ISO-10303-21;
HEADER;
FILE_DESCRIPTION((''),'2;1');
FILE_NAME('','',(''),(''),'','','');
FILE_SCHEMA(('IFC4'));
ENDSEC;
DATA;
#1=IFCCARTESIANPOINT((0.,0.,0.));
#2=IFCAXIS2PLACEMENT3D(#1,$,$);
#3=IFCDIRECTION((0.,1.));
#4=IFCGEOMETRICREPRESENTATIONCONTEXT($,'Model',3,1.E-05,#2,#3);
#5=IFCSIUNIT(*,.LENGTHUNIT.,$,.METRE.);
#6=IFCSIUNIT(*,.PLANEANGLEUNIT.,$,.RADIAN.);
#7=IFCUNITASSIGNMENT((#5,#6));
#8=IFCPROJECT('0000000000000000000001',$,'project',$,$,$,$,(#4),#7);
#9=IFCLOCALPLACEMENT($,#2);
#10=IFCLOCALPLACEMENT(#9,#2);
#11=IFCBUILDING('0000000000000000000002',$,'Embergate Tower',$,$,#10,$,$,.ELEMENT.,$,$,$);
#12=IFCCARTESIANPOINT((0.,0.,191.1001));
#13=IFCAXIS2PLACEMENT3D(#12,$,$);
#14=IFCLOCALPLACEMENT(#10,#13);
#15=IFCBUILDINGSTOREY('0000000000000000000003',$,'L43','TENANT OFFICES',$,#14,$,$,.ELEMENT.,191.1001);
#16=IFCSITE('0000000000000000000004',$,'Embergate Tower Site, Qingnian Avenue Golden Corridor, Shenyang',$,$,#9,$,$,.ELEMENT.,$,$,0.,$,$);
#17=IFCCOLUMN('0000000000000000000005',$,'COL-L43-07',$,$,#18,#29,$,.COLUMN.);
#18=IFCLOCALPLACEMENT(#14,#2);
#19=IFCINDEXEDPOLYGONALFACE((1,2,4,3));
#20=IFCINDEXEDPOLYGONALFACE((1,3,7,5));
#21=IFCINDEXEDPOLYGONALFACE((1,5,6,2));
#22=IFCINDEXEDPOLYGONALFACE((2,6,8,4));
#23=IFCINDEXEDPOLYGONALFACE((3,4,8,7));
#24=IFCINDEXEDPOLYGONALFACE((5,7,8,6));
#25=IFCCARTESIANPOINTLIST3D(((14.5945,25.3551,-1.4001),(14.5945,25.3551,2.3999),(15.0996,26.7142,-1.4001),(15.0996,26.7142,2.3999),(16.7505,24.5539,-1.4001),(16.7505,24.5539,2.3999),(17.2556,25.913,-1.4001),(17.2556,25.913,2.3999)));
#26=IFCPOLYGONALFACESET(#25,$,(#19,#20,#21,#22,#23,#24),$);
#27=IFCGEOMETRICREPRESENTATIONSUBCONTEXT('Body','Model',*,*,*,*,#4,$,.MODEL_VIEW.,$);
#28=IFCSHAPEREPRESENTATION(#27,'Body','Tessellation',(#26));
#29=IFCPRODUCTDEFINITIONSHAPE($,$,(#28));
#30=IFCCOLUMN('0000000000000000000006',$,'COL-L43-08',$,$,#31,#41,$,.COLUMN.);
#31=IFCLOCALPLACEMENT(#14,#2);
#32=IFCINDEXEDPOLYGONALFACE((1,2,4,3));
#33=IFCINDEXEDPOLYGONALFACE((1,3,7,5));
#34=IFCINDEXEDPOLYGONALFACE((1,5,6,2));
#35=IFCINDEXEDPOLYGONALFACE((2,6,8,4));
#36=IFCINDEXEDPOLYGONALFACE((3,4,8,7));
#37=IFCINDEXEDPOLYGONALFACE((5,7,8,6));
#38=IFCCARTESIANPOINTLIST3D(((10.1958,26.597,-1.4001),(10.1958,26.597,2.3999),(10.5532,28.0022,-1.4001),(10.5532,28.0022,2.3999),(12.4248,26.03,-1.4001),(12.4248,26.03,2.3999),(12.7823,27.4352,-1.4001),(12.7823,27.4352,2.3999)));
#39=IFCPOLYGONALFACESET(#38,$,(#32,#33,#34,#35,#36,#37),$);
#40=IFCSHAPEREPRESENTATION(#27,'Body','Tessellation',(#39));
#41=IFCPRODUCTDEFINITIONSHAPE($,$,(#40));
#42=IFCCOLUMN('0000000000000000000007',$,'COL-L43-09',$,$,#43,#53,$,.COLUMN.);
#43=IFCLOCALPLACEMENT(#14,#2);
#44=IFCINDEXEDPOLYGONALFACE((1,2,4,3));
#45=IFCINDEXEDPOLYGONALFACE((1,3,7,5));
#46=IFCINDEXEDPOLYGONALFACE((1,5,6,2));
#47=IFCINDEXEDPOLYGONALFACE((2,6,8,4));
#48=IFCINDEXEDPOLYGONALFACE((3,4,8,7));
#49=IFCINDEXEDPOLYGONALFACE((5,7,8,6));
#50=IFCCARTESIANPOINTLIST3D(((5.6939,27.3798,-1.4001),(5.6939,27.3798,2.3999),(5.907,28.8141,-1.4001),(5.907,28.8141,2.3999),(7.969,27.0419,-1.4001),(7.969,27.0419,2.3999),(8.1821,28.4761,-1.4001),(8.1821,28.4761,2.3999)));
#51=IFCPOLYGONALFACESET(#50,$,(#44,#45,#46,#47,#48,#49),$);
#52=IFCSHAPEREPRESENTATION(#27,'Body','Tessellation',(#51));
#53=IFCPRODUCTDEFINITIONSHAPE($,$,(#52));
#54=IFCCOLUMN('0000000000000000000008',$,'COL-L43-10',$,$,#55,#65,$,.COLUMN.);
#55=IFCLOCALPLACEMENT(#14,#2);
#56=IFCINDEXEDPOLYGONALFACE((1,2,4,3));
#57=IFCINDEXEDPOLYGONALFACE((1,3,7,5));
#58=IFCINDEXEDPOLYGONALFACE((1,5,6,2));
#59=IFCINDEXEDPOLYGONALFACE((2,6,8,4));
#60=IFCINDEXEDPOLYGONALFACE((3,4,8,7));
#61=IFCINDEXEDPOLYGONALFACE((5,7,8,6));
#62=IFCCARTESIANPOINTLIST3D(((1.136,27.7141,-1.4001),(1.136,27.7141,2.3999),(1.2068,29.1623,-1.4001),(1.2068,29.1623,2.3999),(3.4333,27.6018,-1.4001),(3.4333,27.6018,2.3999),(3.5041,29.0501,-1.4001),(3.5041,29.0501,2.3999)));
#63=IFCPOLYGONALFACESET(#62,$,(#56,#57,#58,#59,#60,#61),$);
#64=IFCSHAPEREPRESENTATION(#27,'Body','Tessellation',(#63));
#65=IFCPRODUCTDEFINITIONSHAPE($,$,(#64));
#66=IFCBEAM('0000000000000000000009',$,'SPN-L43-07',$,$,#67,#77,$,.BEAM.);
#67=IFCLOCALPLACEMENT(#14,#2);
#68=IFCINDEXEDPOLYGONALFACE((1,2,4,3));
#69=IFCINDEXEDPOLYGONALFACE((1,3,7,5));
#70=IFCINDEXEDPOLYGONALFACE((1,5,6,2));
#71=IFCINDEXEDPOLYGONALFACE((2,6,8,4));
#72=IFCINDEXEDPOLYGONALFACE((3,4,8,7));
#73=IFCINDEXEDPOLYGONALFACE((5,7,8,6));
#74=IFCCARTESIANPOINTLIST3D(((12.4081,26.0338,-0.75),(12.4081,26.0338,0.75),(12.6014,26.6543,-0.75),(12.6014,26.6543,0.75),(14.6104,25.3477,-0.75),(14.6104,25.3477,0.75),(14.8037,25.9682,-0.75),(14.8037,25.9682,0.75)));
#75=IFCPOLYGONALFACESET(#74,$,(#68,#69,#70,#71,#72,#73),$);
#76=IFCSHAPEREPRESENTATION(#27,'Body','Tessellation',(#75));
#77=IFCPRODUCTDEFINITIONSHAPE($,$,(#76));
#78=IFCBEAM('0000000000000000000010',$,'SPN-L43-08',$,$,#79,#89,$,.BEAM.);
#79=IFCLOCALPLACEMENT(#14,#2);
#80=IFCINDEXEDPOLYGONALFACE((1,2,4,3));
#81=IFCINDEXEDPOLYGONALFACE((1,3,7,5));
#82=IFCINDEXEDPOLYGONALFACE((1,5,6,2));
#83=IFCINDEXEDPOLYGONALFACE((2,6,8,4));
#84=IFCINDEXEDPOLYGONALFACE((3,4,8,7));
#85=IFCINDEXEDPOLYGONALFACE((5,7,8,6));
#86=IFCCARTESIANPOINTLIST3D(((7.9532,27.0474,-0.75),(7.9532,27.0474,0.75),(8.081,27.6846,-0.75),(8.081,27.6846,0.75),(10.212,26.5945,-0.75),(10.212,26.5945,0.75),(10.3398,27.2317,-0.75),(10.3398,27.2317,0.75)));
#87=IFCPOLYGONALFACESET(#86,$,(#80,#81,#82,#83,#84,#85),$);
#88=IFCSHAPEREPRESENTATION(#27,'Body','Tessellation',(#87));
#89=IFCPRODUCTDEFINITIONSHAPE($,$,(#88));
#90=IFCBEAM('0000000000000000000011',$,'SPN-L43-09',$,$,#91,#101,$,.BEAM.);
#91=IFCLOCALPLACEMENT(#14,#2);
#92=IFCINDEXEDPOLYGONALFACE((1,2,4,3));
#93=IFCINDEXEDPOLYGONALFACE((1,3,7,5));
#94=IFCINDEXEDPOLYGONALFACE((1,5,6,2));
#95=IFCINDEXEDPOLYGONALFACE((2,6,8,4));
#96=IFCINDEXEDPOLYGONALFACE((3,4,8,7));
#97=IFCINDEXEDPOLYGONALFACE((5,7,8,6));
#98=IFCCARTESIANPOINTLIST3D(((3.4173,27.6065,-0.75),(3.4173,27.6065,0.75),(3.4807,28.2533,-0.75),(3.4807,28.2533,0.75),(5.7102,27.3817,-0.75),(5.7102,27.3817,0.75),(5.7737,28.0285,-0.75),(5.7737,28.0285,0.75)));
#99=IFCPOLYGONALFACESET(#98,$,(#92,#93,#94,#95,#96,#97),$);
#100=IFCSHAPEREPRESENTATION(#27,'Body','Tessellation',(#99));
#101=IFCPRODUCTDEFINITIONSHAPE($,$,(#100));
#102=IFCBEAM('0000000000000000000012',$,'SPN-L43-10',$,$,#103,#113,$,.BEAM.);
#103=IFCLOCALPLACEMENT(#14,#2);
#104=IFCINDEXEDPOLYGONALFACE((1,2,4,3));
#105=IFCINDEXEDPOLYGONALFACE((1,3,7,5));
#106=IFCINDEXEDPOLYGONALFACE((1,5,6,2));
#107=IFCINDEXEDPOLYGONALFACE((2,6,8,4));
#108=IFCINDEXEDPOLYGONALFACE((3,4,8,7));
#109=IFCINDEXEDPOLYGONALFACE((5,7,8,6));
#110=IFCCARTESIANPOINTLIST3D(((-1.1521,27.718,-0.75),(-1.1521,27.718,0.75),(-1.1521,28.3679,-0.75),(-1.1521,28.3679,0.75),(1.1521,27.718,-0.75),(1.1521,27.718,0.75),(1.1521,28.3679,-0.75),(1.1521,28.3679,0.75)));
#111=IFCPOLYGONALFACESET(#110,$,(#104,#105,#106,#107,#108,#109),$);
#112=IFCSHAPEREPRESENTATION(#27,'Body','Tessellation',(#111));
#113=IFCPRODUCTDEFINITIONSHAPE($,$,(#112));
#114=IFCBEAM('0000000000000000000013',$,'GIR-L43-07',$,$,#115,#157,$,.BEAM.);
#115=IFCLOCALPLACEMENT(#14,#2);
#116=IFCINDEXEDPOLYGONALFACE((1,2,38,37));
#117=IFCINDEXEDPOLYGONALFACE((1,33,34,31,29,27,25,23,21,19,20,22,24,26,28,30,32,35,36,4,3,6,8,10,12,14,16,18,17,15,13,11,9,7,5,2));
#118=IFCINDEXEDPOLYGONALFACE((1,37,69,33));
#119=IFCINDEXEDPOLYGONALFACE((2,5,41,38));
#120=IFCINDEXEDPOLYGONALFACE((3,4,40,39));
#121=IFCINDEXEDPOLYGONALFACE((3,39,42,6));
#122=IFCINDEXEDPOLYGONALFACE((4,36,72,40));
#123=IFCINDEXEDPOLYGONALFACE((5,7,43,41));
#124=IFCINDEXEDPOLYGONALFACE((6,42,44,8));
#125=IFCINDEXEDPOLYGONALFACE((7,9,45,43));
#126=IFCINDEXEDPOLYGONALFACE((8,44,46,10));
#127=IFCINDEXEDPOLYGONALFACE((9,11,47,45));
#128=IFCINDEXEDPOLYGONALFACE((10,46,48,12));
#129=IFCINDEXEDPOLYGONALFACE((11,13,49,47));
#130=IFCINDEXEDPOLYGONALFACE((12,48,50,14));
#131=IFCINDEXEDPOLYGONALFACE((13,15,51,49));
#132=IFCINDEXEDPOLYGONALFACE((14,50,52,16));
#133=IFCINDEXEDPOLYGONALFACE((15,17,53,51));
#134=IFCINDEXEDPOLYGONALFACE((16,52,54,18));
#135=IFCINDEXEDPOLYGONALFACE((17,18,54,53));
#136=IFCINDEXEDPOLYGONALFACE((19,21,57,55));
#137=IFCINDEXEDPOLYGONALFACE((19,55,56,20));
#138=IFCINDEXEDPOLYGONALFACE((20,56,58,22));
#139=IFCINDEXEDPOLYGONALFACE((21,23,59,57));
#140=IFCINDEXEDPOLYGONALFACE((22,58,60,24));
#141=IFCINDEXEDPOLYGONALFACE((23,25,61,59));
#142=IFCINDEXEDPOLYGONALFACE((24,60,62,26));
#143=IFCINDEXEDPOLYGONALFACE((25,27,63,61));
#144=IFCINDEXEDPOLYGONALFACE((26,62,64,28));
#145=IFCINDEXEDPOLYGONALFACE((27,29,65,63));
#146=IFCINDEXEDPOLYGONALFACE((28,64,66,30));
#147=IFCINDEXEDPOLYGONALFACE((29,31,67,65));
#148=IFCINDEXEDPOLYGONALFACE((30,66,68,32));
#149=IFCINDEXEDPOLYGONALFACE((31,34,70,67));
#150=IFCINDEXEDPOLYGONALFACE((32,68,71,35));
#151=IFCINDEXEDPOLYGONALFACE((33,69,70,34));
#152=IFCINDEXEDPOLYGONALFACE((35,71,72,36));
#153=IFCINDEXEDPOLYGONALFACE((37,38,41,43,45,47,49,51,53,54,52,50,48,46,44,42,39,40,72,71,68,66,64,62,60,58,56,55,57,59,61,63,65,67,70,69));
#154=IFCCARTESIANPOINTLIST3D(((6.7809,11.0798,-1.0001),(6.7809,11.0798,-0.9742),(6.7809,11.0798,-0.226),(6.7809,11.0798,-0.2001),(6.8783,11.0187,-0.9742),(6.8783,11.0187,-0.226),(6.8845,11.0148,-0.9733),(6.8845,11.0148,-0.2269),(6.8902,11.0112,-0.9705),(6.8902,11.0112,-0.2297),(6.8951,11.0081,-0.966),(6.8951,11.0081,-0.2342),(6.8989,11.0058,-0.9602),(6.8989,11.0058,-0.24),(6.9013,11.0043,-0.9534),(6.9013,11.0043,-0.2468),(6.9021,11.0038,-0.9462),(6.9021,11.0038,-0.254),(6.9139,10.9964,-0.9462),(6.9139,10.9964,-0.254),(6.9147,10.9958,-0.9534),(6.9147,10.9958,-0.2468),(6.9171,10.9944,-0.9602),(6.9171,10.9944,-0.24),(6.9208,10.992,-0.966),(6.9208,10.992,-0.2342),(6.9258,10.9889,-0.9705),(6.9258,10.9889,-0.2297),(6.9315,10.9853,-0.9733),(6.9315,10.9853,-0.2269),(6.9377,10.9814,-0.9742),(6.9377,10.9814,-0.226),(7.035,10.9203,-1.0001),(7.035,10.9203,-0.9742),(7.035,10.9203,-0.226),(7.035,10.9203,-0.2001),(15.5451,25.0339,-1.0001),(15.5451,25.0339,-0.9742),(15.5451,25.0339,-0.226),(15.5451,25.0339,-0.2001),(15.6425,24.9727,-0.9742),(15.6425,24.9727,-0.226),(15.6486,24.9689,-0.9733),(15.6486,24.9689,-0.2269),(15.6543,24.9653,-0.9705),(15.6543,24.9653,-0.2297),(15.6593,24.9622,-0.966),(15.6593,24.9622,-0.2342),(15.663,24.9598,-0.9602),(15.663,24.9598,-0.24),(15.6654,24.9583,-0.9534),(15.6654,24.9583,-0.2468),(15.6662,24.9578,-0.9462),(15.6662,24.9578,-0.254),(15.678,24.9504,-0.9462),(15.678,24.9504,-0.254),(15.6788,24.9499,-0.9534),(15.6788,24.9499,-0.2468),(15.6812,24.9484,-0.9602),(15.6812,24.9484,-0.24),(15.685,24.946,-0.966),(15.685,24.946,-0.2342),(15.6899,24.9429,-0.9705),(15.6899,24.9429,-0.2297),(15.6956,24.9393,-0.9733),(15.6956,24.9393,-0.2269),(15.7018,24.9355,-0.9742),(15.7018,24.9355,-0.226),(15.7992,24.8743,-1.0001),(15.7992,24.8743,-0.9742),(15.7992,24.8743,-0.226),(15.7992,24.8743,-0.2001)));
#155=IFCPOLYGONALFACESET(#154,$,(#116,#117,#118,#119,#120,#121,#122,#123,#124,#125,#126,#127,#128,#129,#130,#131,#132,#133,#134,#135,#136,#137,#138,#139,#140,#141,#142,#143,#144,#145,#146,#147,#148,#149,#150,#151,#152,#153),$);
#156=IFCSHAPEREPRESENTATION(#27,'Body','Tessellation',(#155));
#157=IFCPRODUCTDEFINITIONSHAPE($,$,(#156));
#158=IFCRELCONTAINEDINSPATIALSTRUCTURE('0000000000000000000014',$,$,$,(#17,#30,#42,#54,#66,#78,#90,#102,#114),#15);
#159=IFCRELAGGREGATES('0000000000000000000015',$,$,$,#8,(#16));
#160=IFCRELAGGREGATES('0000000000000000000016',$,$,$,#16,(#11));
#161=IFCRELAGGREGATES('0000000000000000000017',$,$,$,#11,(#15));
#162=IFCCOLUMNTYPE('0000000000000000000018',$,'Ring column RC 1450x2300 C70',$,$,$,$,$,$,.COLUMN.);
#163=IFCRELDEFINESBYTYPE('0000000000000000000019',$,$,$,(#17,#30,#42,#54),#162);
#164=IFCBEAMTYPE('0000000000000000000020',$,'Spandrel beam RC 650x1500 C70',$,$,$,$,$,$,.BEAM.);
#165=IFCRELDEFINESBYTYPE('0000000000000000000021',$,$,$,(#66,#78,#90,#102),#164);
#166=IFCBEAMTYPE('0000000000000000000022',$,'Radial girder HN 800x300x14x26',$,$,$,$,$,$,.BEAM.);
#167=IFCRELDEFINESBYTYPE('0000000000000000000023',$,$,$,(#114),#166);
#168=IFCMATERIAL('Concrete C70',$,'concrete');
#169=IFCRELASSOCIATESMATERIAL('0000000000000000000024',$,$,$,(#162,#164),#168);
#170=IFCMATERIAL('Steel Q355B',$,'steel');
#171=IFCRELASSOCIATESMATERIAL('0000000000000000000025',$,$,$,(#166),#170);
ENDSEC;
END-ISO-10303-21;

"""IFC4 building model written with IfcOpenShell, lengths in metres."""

from ifc_helpers import new_model, si_unit, direction, frame, origin, origin_2d, place, context, subcontext, project, spatial, rectangle, i_section, extrude, source, transform, mapped, material, material_profile, profile_set, type_object, element, save


model = new_model("IFC4")

# Units and contexts
model_context = context("Model", 3, precision=1e-05, world=origin(), true_north=direction((0.0, 1.0)))
body_context = subcontext(model_context, "Body", "Model", "MODEL_VIEW")
ifc_project = project(units=[si_unit("LENGTHUNIT", "METRE"), si_unit("PLANEANGLEUNIT", "RADIAN")], contexts=[model_context])

# Site, building, storey
site_placement = place(None, origin())
site = spatial("IfcSite", under=ifc_project, at=site_placement, Name="Embergate Tower Site, Qingnian Avenue Golden Corridor, Shenyang", CompositionType="ELEMENT", RefElevation=0.0)
building_placement = place(site_placement, origin())
building = spatial("IfcBuilding", under=site, at=building_placement, Name="Embergate Tower", CompositionType="ELEMENT")
storey_placement = place(building_placement, frame((0.0, 0.0, 191.1001)))
storey = spatial("IfcBuildingStorey", under=building, at=storey_placement, Name="L43", Description="TENANT OFFICES", CompositionType="ELEMENT", Elevation=191.1001)

# Columns
ifc_material_1 = material(Name="Concrete C70", Category="concrete")
ifc_material_profile_1 = material_profile(ifc_material_1, rectangle(XDim=1.45, YDim=2.3, at=origin_2d()), Name="RC 1450x2300")
ifc_profile_set_1 = profile_set([ifc_material_profile_1], Name="Concrete C70")
column_type = type_object("IfcColumnType", Name="Ring column RC 1450x2300 C70", PredefinedType="COLUMN", material=ifc_profile_set_1)
shared_shape_1 = source(origin(), body_context, "Body", "SweptSolid", [
    extrude(rectangle(XDim=1.45, YDim=2.3, at=origin_2d()), origin(), (0.0, 0.0, 1.0), 3.8),
])
for number, where, z_axis, x_axis, name in (
    (1, (15.925, 25.634, -1.4001), (0.0, 0.0, 1.0), (0.348343, 0.937367, 0.0), "COL-L43-07"),
    (2, (11.489, 27.0161, -1.4001), (0.0, 0.0, 1.0), (0.246509, 0.969141, 0.0), "COL-L43-08"),
    (3, (6.938, 27.928, -1.4001), (0.0, 0.0, 1.0), (0.146929, 0.989147, 0.0), "COL-L43-09"),
    (4, (2.3201, 28.3821, -1.4001), (0.0, 0.0, 1.0), (0.048815, 0.998808, 0.0), "COL-L43-10"),
):
    element("IfcColumn", number, at=place(storey_placement, frame(where, z_axis=z_axis, x_axis=x_axis)), inside=storey, type_object=column_type, Name=name, PredefinedType="COLUMN", context=body_context, shape_type="MappedRepresentation", body=[
        mapped(shared_shape_1, transform((0.0, 0.0, 0.0))),
    ])

# Beams
ifc_material_profile_2 = material_profile(ifc_material_1, rectangle(XDim=0.6499, YDim=1.5, at=origin_2d()), Name="RC 650x1500")
ifc_profile_set_2 = profile_set([ifc_material_profile_2], Name="Concrete C70")
beam_type_1 = type_object("IfcBeamType", Name="Spandrel beam RC 650x1500 C70", PredefinedType="BEAM", material=ifc_profile_set_2)
shared_shape_2 = source(origin(), body_context, "Body", "SweptSolid", [
    extrude(rectangle(XDim=0.6499, YDim=1.5, at=origin_2d()), origin(), (0.0, 0.0, 1.0), 2.3066),
])
beam_1_placement = place(storey_placement, frame((14.707, 25.658, 0.0), z_axis=(-0.954743, 0.297431, 0.0), x_axis=(-0.297431, -0.954743, 0.0)))
element("IfcBeam", 5, at=beam_1_placement, inside=storey, type_object=beam_type_1, Name="SPN-L43-07", PredefinedType="BEAM", context=body_context, shape_type="MappedRepresentation", body=[
    mapped(shared_shape_2, transform((0.0, 0.0, 0.0))),
])
shared_shape_3 = source(origin(), body_context, "Body", "SweptSolid", [
    extrude(rectangle(XDim=0.6499, YDim=1.5, at=origin_2d()), origin(), (0.0, 0.0, 1.0), 2.3037),
])
beam_2_placement = place(storey_placement, frame((10.2759, 26.9131, 0.0), z_axis=(-0.980487, 0.196585, 0.0), x_axis=(-0.196585, -0.980487, 0.0)))
element("IfcBeam", 6, at=beam_2_placement, inside=storey, type_object=beam_type_1, Name="SPN-L43-08", PredefinedType="BEAM", context=body_context, shape_type="MappedRepresentation", body=[
    mapped(shared_shape_3, transform((0.0, 0.0, 0.0))),
])
shared_shape_4 = source(origin(), body_context, "Body", "SweptSolid", [
    extrude(rectangle(XDim=0.6499, YDim=1.5, at=origin_2d()), origin(), (0.0, 0.0, 1.0), 2.304),
])
beam_3_placement = place(storey_placement, frame((5.7419, 27.7051, 0.0), z_axis=(-0.995226, 0.097594, 0.0), x_axis=(-0.097594, -0.995226, 0.0)))
element("IfcBeam", 7, at=beam_3_placement, inside=storey, type_object=beam_type_1, Name="SPN-L43-09", PredefinedType="BEAM", context=body_context, shape_type="MappedRepresentation", body=[
    mapped(shared_shape_4, transform((0.0, 0.0, 0.0))),
])
shared_shape_5 = source(origin(), body_context, "Body", "SweptSolid", [
    extrude(rectangle(XDim=0.6499, YDim=1.5, at=origin_2d()), origin(), (0.0, 0.0, 1.0), 2.3042),
])
beam_4_placement = place(storey_placement, frame((1.1521, 28.043, 0.0), z_axis=(-1.0, 0.0, 0.0), x_axis=(0.0, -1.0, 0.0)))
element("IfcBeam", 8, at=beam_4_placement, inside=storey, type_object=beam_type_1, Name="SPN-L43-10", PredefinedType="BEAM", context=body_context, shape_type="MappedRepresentation", body=[
    mapped(shared_shape_5, transform((0.0, 0.0, 0.0))),
])
ifc_material_2 = material(Name="Steel Q355B", Category="steel")
ifc_material_profile_3 = material_profile(ifc_material_2, i_section(OverallWidth=0.3, OverallDepth=0.8, WebThickness=0.0139, FlangeThickness=0.0259, FilletRadius=0.0281, at=origin_2d()), Name="HN 800x300x14x26")
ifc_profile_set_3 = profile_set([ifc_material_profile_3], Name="Steel Q355 grade B")
beam_type_2 = type_object("IfcBeamType", Name="Radial girder HN 800x300x14x26", PredefinedType="BEAM", material=ifc_profile_set_3)
shared_shape_6 = source(origin(), body_context, "Body", "SweptSolid", [
    extrude(i_section(OverallWidth=0.3, OverallDepth=0.8, WebThickness=0.0139, FlangeThickness=0.0259, FilletRadius=0.0281, at=origin_2d()), origin(), (0.0, 0.0, 1.0), 16.478),
])
beam_5_placement = place(storey_placement, frame((15.6721, 24.9541, -0.6001), z_axis=(-0.531867, -0.846828, 0.0), x_axis=(0.846828, -0.531867, 0.0)))
element("IfcBeam", 9, at=beam_5_placement, inside=storey, type_object=beam_type_2, Name="GIR-L43-07", PredefinedType="BEAM", context=body_context, shape_type="MappedRepresentation", body=[
    mapped(shared_shape_6, transform((0.0, 0.0, 0.0))),
])

save(model, "model.ifc")
